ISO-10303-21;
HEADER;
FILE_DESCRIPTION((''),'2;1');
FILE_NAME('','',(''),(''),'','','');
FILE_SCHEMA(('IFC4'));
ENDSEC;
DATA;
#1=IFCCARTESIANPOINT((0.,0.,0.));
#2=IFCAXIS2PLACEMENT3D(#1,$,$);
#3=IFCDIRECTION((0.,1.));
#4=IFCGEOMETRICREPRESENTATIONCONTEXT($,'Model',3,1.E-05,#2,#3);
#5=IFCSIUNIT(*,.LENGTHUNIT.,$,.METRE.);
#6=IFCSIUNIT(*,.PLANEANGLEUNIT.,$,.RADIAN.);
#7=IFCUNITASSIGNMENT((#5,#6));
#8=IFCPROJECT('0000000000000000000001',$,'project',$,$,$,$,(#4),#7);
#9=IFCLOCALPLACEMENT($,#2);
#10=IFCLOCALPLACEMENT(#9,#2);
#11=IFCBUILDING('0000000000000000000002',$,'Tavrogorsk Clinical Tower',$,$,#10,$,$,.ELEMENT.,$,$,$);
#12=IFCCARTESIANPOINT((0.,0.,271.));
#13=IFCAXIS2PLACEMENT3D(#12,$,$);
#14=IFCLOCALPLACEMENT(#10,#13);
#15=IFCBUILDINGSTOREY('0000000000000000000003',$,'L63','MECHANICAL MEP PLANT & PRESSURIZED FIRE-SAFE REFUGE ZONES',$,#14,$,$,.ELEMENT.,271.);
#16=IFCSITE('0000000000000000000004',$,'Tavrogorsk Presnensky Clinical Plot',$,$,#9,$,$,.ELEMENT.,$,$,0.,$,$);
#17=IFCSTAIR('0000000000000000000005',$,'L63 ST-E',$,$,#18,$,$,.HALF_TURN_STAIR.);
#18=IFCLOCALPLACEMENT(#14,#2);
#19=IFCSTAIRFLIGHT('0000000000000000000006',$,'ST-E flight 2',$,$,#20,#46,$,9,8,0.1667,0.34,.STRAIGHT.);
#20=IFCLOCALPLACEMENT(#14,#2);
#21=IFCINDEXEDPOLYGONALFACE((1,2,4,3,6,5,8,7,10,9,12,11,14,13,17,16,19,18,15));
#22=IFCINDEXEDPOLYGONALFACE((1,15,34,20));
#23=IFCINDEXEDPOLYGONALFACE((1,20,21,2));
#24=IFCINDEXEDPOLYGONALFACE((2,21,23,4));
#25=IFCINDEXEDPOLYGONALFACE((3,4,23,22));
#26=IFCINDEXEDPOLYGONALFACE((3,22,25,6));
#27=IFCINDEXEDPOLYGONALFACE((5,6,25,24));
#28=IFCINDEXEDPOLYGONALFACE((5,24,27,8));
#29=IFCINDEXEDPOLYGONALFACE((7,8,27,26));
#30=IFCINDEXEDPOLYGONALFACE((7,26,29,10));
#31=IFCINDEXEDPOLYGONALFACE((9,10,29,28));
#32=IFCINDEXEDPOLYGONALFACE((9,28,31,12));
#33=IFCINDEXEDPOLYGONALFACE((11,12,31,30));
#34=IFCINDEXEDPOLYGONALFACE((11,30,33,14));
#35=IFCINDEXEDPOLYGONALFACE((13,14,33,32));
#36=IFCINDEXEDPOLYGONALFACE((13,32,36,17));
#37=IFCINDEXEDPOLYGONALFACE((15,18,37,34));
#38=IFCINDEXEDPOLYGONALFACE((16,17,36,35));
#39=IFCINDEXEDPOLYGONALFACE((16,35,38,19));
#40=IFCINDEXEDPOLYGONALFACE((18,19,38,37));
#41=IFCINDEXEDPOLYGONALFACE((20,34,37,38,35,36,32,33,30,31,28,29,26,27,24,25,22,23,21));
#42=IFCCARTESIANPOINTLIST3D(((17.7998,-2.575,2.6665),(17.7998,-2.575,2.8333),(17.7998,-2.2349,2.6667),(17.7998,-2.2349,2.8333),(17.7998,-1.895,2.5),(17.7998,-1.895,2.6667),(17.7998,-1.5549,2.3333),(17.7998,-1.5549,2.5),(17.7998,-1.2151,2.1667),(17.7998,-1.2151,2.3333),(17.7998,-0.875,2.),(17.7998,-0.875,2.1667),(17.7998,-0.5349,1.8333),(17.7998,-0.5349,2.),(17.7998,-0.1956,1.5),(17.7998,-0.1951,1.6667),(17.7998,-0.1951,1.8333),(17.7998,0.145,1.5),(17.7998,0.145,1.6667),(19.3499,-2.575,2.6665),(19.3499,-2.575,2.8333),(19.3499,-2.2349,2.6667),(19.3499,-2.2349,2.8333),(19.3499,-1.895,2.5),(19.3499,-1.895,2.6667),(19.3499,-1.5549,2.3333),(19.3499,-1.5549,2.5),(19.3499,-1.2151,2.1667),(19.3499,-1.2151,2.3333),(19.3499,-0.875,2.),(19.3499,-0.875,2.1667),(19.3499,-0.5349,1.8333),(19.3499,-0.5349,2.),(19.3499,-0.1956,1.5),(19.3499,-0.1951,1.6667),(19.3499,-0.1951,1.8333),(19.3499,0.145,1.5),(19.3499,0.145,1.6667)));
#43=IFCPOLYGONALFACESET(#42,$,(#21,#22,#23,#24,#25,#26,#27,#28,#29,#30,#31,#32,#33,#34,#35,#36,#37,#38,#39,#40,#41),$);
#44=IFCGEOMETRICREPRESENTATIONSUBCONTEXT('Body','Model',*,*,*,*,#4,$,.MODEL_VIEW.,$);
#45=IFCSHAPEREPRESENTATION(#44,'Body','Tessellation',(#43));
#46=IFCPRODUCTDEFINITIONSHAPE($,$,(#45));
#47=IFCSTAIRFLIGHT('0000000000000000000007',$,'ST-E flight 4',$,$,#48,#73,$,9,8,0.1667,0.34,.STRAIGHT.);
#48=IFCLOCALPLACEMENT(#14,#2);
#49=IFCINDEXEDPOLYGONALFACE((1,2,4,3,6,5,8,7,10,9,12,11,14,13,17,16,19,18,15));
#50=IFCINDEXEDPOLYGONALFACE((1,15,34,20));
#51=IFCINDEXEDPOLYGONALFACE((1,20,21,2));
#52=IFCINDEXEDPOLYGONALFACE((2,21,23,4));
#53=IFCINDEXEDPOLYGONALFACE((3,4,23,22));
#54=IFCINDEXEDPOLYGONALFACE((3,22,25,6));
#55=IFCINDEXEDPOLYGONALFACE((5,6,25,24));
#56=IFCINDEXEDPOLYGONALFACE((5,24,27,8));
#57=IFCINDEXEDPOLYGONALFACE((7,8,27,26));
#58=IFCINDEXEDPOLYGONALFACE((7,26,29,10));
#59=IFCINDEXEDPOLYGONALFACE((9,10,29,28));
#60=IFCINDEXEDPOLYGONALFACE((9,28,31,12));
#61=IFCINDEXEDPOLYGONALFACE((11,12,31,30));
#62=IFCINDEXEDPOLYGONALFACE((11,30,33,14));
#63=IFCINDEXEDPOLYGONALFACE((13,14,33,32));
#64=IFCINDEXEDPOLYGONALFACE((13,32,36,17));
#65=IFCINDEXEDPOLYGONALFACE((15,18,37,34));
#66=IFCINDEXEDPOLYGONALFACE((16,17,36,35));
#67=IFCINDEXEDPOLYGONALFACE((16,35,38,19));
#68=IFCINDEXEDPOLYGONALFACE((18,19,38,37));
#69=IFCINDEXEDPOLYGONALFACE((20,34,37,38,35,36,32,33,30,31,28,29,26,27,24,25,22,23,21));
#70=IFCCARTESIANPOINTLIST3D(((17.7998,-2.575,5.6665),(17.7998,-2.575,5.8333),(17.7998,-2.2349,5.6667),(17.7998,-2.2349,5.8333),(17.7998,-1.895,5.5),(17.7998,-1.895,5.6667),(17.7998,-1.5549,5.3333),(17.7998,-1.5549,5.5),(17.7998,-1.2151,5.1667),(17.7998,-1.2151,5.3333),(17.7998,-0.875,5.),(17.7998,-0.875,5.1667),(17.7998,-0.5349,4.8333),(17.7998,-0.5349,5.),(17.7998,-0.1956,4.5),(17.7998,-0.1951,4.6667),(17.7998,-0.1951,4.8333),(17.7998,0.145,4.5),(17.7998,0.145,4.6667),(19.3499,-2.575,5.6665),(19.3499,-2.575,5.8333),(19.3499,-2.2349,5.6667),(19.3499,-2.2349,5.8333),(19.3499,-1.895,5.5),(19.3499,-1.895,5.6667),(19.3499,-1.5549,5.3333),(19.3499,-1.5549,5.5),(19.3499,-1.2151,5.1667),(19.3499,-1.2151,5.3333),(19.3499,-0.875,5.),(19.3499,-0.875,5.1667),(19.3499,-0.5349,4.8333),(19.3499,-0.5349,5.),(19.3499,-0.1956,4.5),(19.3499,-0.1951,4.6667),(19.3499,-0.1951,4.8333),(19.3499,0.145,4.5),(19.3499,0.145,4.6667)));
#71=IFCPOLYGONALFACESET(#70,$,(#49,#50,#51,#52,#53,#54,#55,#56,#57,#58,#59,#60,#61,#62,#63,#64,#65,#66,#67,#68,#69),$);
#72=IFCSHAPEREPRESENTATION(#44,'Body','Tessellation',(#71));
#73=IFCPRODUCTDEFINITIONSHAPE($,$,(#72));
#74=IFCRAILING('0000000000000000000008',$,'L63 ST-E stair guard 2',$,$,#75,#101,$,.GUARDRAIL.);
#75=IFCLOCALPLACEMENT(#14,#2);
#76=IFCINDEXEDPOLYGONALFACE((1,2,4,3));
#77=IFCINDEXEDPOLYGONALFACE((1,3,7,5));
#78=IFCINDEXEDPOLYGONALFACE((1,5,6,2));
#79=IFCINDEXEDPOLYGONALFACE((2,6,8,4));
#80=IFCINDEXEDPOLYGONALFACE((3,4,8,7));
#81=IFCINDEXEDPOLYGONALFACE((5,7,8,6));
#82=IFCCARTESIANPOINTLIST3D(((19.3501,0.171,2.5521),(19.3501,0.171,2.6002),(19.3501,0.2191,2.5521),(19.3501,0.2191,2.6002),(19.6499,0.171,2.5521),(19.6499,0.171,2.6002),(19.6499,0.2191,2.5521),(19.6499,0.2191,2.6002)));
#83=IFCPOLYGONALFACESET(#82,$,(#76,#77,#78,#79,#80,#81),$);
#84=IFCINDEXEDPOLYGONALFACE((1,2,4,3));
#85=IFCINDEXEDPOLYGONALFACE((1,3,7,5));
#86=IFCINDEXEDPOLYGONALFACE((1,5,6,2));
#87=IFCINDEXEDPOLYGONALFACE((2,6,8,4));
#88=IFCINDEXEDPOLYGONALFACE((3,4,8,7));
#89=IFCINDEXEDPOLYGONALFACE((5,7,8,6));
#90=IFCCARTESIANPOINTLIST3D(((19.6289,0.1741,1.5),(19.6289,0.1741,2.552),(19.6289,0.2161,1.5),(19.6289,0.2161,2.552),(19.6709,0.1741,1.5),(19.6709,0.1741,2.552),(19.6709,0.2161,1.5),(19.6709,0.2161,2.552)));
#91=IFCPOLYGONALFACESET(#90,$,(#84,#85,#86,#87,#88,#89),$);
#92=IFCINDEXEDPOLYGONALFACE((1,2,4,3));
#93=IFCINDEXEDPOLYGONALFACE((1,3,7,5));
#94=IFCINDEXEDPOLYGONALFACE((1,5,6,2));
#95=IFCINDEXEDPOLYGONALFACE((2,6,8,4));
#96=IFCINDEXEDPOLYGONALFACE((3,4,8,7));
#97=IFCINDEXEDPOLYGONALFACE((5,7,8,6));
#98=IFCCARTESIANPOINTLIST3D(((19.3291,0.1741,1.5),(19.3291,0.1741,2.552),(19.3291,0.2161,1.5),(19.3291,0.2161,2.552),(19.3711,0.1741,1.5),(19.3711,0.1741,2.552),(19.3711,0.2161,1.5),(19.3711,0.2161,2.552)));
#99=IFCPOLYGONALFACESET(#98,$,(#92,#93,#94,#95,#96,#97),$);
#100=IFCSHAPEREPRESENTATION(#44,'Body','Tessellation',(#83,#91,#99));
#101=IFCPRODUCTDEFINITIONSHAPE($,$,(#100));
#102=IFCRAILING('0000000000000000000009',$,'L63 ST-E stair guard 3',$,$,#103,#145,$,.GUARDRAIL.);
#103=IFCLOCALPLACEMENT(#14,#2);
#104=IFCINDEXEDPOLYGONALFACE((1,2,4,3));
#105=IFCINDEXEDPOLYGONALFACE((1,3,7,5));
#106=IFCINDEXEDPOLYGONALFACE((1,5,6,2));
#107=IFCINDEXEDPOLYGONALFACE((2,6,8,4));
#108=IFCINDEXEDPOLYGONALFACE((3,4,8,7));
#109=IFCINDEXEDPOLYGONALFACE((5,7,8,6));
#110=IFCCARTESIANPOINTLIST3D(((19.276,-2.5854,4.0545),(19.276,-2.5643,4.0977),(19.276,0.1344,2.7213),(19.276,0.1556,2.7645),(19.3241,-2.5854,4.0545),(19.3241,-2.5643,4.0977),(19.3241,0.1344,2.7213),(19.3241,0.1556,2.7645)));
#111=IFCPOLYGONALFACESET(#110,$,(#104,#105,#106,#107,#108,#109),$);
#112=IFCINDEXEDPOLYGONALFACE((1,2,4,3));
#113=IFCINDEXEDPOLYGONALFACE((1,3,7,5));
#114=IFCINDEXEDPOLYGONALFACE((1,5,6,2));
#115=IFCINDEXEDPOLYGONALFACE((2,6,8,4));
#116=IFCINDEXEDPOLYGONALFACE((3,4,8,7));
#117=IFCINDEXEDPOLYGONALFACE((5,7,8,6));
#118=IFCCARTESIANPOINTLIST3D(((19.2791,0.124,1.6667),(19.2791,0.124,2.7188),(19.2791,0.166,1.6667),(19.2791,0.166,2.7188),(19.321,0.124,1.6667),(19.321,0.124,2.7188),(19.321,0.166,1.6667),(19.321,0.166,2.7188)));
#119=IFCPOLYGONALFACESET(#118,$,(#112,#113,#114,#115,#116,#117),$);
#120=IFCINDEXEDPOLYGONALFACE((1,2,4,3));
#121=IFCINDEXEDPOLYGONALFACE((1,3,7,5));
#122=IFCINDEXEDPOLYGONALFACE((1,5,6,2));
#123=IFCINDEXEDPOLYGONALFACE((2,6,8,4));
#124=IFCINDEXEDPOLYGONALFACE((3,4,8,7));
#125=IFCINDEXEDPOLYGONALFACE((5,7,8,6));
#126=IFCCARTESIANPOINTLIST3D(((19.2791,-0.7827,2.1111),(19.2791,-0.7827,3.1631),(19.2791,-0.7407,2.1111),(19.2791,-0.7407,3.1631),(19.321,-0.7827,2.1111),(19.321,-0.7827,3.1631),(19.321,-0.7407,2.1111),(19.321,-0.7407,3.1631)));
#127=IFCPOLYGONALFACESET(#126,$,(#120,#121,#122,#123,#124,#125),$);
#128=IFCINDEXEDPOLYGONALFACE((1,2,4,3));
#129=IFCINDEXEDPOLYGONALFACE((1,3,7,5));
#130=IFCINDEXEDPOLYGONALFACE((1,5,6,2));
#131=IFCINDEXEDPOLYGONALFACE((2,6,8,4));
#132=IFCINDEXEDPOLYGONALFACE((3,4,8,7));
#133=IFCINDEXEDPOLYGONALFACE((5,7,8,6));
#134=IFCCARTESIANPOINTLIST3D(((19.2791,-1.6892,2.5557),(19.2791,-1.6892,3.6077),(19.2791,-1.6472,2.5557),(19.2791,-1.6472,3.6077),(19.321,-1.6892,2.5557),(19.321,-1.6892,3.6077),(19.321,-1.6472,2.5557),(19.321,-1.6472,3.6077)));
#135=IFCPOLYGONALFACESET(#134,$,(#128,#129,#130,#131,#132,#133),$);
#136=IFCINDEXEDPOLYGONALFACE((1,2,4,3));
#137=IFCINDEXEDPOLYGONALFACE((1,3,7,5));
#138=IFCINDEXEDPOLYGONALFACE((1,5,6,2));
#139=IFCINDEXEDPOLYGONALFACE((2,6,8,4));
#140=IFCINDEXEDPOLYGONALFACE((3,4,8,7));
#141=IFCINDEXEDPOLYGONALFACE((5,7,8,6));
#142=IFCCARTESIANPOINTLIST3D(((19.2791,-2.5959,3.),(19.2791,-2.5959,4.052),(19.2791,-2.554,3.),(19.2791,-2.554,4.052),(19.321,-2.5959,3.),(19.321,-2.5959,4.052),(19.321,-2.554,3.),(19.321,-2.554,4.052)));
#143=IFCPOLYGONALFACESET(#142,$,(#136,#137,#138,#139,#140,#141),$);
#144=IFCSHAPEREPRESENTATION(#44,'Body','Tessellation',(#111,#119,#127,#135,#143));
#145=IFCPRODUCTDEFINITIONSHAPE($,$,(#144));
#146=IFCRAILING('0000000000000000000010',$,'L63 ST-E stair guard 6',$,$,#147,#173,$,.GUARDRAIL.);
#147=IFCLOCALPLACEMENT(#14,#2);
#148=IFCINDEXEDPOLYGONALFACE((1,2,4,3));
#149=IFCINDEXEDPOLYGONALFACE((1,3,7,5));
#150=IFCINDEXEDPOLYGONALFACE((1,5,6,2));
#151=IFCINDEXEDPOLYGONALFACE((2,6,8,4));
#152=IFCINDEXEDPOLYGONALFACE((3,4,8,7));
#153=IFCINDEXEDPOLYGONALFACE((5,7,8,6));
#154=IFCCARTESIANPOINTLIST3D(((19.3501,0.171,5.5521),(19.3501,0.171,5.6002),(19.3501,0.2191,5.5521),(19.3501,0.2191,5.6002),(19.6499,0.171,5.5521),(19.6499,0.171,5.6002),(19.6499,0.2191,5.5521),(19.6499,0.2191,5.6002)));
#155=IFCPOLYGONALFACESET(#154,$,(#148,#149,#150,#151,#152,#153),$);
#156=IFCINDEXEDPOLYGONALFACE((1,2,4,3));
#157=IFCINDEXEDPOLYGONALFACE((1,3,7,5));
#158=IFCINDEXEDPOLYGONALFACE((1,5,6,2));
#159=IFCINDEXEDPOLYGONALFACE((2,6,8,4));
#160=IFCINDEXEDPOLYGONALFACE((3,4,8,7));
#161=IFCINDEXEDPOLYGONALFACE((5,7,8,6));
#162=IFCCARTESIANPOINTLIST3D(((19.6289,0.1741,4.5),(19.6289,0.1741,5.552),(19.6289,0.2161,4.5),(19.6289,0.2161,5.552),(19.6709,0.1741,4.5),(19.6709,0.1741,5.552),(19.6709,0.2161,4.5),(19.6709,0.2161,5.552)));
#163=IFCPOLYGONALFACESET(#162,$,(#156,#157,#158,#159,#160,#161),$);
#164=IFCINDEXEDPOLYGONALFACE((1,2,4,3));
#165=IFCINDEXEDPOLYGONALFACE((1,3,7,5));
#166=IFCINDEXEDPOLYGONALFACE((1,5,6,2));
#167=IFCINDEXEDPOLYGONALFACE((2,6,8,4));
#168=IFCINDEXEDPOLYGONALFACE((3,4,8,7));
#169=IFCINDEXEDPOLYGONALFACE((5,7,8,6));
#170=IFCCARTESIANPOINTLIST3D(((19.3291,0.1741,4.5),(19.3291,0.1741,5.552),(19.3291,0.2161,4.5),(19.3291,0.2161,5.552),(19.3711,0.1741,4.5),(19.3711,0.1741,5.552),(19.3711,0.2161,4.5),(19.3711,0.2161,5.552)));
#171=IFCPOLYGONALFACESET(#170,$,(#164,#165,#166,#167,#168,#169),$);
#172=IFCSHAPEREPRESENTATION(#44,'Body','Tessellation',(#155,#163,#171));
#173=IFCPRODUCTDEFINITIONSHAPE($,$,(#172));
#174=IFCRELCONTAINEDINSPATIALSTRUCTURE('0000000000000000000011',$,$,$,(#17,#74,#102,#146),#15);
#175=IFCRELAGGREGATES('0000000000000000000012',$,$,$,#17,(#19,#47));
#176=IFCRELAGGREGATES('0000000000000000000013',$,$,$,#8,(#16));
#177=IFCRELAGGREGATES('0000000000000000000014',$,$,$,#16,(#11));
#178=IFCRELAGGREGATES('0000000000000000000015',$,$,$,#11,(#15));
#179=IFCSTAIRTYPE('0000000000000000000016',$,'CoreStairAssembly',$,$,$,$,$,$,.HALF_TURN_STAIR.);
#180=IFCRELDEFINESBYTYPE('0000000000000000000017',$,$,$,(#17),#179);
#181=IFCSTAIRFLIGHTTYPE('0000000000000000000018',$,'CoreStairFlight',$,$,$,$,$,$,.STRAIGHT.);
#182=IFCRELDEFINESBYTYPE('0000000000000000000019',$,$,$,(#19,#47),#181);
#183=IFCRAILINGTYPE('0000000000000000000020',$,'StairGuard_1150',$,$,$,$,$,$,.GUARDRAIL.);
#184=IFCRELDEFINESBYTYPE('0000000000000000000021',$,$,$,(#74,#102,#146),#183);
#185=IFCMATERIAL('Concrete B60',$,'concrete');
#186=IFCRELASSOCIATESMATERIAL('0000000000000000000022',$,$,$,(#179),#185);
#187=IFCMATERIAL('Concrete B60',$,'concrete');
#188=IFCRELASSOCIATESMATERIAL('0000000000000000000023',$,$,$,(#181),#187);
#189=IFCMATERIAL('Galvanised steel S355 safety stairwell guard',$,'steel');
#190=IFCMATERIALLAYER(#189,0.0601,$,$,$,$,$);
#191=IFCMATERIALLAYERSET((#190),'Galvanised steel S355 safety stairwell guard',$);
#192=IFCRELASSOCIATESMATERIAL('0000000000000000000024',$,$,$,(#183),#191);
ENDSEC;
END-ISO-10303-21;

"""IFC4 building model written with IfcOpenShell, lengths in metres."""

from ifc_helpers import new_model, si_unit, direction, frame, origin, origin_2d, place, context, subcontext, project, spatial, polyline, rectangle, outline, extrude, material, layer, layer_set, type_object, element, aggregate, save


model = new_model("IFC4")

# Units and contexts
model_context = context("Model", 3, precision=1e-05, world=origin(), true_north=direction((0.0, 1.0)))
body_context = subcontext(model_context, "Body", "Model", "MODEL_VIEW")
ifc_project = project(units=[si_unit("LENGTHUNIT", "METRE"), si_unit("PLANEANGLEUNIT", "RADIAN")], contexts=[model_context])

# Site, building, storey
site_placement = place(None, origin())
site = spatial("IfcSite", under=ifc_project, at=site_placement, Name="Tavrogorsk Presnensky Clinical Plot", CompositionType="ELEMENT", RefElevation=0.0)
building_placement = place(site_placement, origin())
building = spatial("IfcBuilding", under=site, at=building_placement, Name="Tavrogorsk Clinical Tower", CompositionType="ELEMENT")
storey_placement = place(building_placement, frame((0.0, 0.0, 271.0)))
storey = spatial("IfcBuildingStorey", under=building, at=storey_placement, Name="L63", Description="MECHANICAL MEP PLANT & PRESSURIZED FIRE-SAFE REFUGE ZONES", CompositionType="ELEMENT", Elevation=271.0)

# Stair, stair flights
ifc_material_1 = material(Name="Concrete B60", Category="concrete")
stair_type = type_object("IfcStairType", Name="CoreStairAssembly", PredefinedType="HALF_TURN_STAIR", material=ifc_material_1)
stair_placement = place(storey_placement, origin())
stair = element("IfcStair", 1, at=stair_placement, inside=storey, type_object=stair_type, Name="L63 ST-E", PredefinedType="HALF_TURN_STAIR")
ifc_material_2 = material(Name="Concrete B60", Category="concrete")
stair_flight_type = type_object("IfcStairFlightType", Name="CoreStairFlight", PredefinedType="STRAIGHT", material=ifc_material_2)
stair_flight_1_placement = place(storey_placement, frame((18.575, 0.145, 1.5), z_axis=(0.0, 0.0, 1.0), x_axis=(0.0, -1.0, 0.0)))
stair_flight_1 = element("IfcStairFlight", 2, at=stair_flight_1_placement, type_object=stair_flight_type, Name="ST-E flight 2", NumberOfRisers=9, NumberOfTreads=8, PredefinedType="STRAIGHT", RiserHeight=0.1667, TreadLength=0.34, context=body_context, shape_type="SweptSolid", body=[
    extrude(outline(polyline([(0.0, 0.0), (0.0, 0.1667), (0.3401, 0.1667), (0.3401, 0.3333), (0.6799, 0.3333), (0.6799, 0.5), (1.02, 0.5), (1.02, 0.6667), (1.3601, 0.6667), (1.3601, 0.8333), (1.7, 0.8333), (1.7, 1.0), (2.04, 1.0), (2.04, 1.1667), (2.3799, 1.1667), (2.3799, 1.3333), (2.72, 1.3333), (2.72, 1.5), (2.72, 1.1665), (0.3406, 0.0), (0.0, 0.0)])), frame((0.0, 0.7749, 0.0), z_axis=(0.0, -1.0, 0.0), x_axis=(1.0, 0.0, 0.0)), (0.0, 0.0, 1.0), 1.55),
])
stair_flight_2_placement = place(storey_placement, frame((18.575, 0.145, 4.5), z_axis=(0.0, 0.0, 1.0), x_axis=(0.0, -1.0, 0.0)))
stair_flight_2 = element("IfcStairFlight", 3, at=stair_flight_2_placement, type_object=stair_flight_type, Name="ST-E flight 4", NumberOfRisers=9, NumberOfTreads=8, PredefinedType="STRAIGHT", RiserHeight=0.1667, TreadLength=0.34, context=body_context, shape_type="SweptSolid", body=[
    extrude(outline(polyline([(0.0, 0.0), (0.0, 0.1667), (0.3401, 0.1667), (0.3401, 0.3333), (0.6799, 0.3333), (0.6799, 0.5), (1.02, 0.5), (1.02, 0.6667), (1.3601, 0.6667), (1.3601, 0.8333), (1.7, 0.8333), (1.7, 1.0), (2.04, 1.0), (2.04, 1.1667), (2.3799, 1.1667), (2.3799, 1.3333), (2.72, 1.3333), (2.72, 1.5), (2.72, 1.1665), (0.3406, 0.0), (0.0, 0.0)])), frame((0.0, 0.7749, 0.0), z_axis=(0.0, -1.0, 0.0), x_axis=(1.0, 0.0, 0.0)), (0.0, 0.0, 1.0), 1.55),
])
aggregate(stair, [stair_flight_1, stair_flight_2])

# Railings
ifc_material_3 = material(Name="Galvanised steel S355 safety stairwell guard", Category="steel")
ifc_layer_1 = layer(ifc_material_3, 0.0601)
ifc_layer_set_1 = layer_set([ifc_layer_1], Name="Galvanised steel S355 safety stairwell guard")
railing_type = type_object("IfcRailingType", Name="StairGuard_1150", PredefinedType="GUARDRAIL", material=ifc_layer_set_1)
railing_1_placement = place(storey_placement, frame((19.6499, 0.1951, 1.5)))
element("IfcRailing", 4, at=railing_1_placement, inside=storey, type_object=railing_type, Name="L63 ST-E stair guard 2", PredefinedType="GUARDRAIL", context=body_context, shape_type="SweptSolid", body=[
    extrude(rectangle(XDim=0.0481, YDim=0.0481, at=origin_2d()), frame((0.0, 0.0, 1.0762), z_axis=(-1.0, 0.0, 0.0), x_axis=(0.0, -1.0, 0.0)), (0.0, 0.0, 1.0), 0.2998),
    extrude(rectangle(XDim=0.042, YDim=0.042, at=origin_2d()), origin(), (0.0, 0.0, 1.0), 1.052),
    extrude(rectangle(XDim=0.042, YDim=0.042, at=origin_2d()), frame((-0.2998, 0.0, 0.0)), (0.0, 0.0, 1.0), 1.052),
])
railing_2_placement = place(storey_placement, frame((19.3, 0.145, 1.6667)))
element("IfcRailing", 5, at=railing_2_placement, inside=storey, type_object=railing_type, Name="L63 ST-E stair guard 3", PredefinedType="GUARDRAIL", context=body_context, shape_type="SweptSolid", body=[
    extrude(rectangle(XDim=0.0481, YDim=0.0481, at=origin_2d()), frame((0.0, 0.0, 1.0762), z_axis=(0.0, -0.897929, 0.440139), x_axis=(1.0, 0.0, 0.0)), (0.0, 0.0, 1.0), 3.0291),
    extrude(rectangle(XDim=0.042, YDim=0.042, at=origin_2d()), origin(), (0.0, 0.0, 1.0), 1.052),
    extrude(rectangle(XDim=0.042, YDim=0.042, at=origin_2d()), frame((0.0, -0.9067, 0.4443)), (0.0, 0.0, 1.0), 1.052),
    extrude(rectangle(XDim=0.042, YDim=0.042, at=origin_2d()), frame((0.0, -1.8132, 0.8889)), (0.0, 0.0, 1.0), 1.052),
    extrude(rectangle(XDim=0.042, YDim=0.042, at=origin_2d()), frame((0.0, -2.72, 1.3333)), (0.0, 0.0, 1.0), 1.052),
])
railing_3_placement = place(storey_placement, frame((19.6499, 0.1951, 4.5)))
element("IfcRailing", 6, at=railing_3_placement, inside=storey, type_object=railing_type, Name="L63 ST-E stair guard 6", PredefinedType="GUARDRAIL", context=body_context, shape_type="SweptSolid", body=[
    extrude(rectangle(XDim=0.0481, YDim=0.0481, at=origin_2d()), frame((0.0, 0.0, 1.0762), z_axis=(-1.0, 0.0, 0.0), x_axis=(0.0, -1.0, 0.0)), (0.0, 0.0, 1.0), 0.2998),
    extrude(rectangle(XDim=0.042, YDim=0.042, at=origin_2d()), origin(), (0.0, 0.0, 1.0), 1.052),
    extrude(rectangle(XDim=0.042, YDim=0.042, at=origin_2d()), frame((-0.2998, 0.0, 0.0)), (0.0, 0.0, 1.0), 1.052),
])

save(model, "model.ifc")
